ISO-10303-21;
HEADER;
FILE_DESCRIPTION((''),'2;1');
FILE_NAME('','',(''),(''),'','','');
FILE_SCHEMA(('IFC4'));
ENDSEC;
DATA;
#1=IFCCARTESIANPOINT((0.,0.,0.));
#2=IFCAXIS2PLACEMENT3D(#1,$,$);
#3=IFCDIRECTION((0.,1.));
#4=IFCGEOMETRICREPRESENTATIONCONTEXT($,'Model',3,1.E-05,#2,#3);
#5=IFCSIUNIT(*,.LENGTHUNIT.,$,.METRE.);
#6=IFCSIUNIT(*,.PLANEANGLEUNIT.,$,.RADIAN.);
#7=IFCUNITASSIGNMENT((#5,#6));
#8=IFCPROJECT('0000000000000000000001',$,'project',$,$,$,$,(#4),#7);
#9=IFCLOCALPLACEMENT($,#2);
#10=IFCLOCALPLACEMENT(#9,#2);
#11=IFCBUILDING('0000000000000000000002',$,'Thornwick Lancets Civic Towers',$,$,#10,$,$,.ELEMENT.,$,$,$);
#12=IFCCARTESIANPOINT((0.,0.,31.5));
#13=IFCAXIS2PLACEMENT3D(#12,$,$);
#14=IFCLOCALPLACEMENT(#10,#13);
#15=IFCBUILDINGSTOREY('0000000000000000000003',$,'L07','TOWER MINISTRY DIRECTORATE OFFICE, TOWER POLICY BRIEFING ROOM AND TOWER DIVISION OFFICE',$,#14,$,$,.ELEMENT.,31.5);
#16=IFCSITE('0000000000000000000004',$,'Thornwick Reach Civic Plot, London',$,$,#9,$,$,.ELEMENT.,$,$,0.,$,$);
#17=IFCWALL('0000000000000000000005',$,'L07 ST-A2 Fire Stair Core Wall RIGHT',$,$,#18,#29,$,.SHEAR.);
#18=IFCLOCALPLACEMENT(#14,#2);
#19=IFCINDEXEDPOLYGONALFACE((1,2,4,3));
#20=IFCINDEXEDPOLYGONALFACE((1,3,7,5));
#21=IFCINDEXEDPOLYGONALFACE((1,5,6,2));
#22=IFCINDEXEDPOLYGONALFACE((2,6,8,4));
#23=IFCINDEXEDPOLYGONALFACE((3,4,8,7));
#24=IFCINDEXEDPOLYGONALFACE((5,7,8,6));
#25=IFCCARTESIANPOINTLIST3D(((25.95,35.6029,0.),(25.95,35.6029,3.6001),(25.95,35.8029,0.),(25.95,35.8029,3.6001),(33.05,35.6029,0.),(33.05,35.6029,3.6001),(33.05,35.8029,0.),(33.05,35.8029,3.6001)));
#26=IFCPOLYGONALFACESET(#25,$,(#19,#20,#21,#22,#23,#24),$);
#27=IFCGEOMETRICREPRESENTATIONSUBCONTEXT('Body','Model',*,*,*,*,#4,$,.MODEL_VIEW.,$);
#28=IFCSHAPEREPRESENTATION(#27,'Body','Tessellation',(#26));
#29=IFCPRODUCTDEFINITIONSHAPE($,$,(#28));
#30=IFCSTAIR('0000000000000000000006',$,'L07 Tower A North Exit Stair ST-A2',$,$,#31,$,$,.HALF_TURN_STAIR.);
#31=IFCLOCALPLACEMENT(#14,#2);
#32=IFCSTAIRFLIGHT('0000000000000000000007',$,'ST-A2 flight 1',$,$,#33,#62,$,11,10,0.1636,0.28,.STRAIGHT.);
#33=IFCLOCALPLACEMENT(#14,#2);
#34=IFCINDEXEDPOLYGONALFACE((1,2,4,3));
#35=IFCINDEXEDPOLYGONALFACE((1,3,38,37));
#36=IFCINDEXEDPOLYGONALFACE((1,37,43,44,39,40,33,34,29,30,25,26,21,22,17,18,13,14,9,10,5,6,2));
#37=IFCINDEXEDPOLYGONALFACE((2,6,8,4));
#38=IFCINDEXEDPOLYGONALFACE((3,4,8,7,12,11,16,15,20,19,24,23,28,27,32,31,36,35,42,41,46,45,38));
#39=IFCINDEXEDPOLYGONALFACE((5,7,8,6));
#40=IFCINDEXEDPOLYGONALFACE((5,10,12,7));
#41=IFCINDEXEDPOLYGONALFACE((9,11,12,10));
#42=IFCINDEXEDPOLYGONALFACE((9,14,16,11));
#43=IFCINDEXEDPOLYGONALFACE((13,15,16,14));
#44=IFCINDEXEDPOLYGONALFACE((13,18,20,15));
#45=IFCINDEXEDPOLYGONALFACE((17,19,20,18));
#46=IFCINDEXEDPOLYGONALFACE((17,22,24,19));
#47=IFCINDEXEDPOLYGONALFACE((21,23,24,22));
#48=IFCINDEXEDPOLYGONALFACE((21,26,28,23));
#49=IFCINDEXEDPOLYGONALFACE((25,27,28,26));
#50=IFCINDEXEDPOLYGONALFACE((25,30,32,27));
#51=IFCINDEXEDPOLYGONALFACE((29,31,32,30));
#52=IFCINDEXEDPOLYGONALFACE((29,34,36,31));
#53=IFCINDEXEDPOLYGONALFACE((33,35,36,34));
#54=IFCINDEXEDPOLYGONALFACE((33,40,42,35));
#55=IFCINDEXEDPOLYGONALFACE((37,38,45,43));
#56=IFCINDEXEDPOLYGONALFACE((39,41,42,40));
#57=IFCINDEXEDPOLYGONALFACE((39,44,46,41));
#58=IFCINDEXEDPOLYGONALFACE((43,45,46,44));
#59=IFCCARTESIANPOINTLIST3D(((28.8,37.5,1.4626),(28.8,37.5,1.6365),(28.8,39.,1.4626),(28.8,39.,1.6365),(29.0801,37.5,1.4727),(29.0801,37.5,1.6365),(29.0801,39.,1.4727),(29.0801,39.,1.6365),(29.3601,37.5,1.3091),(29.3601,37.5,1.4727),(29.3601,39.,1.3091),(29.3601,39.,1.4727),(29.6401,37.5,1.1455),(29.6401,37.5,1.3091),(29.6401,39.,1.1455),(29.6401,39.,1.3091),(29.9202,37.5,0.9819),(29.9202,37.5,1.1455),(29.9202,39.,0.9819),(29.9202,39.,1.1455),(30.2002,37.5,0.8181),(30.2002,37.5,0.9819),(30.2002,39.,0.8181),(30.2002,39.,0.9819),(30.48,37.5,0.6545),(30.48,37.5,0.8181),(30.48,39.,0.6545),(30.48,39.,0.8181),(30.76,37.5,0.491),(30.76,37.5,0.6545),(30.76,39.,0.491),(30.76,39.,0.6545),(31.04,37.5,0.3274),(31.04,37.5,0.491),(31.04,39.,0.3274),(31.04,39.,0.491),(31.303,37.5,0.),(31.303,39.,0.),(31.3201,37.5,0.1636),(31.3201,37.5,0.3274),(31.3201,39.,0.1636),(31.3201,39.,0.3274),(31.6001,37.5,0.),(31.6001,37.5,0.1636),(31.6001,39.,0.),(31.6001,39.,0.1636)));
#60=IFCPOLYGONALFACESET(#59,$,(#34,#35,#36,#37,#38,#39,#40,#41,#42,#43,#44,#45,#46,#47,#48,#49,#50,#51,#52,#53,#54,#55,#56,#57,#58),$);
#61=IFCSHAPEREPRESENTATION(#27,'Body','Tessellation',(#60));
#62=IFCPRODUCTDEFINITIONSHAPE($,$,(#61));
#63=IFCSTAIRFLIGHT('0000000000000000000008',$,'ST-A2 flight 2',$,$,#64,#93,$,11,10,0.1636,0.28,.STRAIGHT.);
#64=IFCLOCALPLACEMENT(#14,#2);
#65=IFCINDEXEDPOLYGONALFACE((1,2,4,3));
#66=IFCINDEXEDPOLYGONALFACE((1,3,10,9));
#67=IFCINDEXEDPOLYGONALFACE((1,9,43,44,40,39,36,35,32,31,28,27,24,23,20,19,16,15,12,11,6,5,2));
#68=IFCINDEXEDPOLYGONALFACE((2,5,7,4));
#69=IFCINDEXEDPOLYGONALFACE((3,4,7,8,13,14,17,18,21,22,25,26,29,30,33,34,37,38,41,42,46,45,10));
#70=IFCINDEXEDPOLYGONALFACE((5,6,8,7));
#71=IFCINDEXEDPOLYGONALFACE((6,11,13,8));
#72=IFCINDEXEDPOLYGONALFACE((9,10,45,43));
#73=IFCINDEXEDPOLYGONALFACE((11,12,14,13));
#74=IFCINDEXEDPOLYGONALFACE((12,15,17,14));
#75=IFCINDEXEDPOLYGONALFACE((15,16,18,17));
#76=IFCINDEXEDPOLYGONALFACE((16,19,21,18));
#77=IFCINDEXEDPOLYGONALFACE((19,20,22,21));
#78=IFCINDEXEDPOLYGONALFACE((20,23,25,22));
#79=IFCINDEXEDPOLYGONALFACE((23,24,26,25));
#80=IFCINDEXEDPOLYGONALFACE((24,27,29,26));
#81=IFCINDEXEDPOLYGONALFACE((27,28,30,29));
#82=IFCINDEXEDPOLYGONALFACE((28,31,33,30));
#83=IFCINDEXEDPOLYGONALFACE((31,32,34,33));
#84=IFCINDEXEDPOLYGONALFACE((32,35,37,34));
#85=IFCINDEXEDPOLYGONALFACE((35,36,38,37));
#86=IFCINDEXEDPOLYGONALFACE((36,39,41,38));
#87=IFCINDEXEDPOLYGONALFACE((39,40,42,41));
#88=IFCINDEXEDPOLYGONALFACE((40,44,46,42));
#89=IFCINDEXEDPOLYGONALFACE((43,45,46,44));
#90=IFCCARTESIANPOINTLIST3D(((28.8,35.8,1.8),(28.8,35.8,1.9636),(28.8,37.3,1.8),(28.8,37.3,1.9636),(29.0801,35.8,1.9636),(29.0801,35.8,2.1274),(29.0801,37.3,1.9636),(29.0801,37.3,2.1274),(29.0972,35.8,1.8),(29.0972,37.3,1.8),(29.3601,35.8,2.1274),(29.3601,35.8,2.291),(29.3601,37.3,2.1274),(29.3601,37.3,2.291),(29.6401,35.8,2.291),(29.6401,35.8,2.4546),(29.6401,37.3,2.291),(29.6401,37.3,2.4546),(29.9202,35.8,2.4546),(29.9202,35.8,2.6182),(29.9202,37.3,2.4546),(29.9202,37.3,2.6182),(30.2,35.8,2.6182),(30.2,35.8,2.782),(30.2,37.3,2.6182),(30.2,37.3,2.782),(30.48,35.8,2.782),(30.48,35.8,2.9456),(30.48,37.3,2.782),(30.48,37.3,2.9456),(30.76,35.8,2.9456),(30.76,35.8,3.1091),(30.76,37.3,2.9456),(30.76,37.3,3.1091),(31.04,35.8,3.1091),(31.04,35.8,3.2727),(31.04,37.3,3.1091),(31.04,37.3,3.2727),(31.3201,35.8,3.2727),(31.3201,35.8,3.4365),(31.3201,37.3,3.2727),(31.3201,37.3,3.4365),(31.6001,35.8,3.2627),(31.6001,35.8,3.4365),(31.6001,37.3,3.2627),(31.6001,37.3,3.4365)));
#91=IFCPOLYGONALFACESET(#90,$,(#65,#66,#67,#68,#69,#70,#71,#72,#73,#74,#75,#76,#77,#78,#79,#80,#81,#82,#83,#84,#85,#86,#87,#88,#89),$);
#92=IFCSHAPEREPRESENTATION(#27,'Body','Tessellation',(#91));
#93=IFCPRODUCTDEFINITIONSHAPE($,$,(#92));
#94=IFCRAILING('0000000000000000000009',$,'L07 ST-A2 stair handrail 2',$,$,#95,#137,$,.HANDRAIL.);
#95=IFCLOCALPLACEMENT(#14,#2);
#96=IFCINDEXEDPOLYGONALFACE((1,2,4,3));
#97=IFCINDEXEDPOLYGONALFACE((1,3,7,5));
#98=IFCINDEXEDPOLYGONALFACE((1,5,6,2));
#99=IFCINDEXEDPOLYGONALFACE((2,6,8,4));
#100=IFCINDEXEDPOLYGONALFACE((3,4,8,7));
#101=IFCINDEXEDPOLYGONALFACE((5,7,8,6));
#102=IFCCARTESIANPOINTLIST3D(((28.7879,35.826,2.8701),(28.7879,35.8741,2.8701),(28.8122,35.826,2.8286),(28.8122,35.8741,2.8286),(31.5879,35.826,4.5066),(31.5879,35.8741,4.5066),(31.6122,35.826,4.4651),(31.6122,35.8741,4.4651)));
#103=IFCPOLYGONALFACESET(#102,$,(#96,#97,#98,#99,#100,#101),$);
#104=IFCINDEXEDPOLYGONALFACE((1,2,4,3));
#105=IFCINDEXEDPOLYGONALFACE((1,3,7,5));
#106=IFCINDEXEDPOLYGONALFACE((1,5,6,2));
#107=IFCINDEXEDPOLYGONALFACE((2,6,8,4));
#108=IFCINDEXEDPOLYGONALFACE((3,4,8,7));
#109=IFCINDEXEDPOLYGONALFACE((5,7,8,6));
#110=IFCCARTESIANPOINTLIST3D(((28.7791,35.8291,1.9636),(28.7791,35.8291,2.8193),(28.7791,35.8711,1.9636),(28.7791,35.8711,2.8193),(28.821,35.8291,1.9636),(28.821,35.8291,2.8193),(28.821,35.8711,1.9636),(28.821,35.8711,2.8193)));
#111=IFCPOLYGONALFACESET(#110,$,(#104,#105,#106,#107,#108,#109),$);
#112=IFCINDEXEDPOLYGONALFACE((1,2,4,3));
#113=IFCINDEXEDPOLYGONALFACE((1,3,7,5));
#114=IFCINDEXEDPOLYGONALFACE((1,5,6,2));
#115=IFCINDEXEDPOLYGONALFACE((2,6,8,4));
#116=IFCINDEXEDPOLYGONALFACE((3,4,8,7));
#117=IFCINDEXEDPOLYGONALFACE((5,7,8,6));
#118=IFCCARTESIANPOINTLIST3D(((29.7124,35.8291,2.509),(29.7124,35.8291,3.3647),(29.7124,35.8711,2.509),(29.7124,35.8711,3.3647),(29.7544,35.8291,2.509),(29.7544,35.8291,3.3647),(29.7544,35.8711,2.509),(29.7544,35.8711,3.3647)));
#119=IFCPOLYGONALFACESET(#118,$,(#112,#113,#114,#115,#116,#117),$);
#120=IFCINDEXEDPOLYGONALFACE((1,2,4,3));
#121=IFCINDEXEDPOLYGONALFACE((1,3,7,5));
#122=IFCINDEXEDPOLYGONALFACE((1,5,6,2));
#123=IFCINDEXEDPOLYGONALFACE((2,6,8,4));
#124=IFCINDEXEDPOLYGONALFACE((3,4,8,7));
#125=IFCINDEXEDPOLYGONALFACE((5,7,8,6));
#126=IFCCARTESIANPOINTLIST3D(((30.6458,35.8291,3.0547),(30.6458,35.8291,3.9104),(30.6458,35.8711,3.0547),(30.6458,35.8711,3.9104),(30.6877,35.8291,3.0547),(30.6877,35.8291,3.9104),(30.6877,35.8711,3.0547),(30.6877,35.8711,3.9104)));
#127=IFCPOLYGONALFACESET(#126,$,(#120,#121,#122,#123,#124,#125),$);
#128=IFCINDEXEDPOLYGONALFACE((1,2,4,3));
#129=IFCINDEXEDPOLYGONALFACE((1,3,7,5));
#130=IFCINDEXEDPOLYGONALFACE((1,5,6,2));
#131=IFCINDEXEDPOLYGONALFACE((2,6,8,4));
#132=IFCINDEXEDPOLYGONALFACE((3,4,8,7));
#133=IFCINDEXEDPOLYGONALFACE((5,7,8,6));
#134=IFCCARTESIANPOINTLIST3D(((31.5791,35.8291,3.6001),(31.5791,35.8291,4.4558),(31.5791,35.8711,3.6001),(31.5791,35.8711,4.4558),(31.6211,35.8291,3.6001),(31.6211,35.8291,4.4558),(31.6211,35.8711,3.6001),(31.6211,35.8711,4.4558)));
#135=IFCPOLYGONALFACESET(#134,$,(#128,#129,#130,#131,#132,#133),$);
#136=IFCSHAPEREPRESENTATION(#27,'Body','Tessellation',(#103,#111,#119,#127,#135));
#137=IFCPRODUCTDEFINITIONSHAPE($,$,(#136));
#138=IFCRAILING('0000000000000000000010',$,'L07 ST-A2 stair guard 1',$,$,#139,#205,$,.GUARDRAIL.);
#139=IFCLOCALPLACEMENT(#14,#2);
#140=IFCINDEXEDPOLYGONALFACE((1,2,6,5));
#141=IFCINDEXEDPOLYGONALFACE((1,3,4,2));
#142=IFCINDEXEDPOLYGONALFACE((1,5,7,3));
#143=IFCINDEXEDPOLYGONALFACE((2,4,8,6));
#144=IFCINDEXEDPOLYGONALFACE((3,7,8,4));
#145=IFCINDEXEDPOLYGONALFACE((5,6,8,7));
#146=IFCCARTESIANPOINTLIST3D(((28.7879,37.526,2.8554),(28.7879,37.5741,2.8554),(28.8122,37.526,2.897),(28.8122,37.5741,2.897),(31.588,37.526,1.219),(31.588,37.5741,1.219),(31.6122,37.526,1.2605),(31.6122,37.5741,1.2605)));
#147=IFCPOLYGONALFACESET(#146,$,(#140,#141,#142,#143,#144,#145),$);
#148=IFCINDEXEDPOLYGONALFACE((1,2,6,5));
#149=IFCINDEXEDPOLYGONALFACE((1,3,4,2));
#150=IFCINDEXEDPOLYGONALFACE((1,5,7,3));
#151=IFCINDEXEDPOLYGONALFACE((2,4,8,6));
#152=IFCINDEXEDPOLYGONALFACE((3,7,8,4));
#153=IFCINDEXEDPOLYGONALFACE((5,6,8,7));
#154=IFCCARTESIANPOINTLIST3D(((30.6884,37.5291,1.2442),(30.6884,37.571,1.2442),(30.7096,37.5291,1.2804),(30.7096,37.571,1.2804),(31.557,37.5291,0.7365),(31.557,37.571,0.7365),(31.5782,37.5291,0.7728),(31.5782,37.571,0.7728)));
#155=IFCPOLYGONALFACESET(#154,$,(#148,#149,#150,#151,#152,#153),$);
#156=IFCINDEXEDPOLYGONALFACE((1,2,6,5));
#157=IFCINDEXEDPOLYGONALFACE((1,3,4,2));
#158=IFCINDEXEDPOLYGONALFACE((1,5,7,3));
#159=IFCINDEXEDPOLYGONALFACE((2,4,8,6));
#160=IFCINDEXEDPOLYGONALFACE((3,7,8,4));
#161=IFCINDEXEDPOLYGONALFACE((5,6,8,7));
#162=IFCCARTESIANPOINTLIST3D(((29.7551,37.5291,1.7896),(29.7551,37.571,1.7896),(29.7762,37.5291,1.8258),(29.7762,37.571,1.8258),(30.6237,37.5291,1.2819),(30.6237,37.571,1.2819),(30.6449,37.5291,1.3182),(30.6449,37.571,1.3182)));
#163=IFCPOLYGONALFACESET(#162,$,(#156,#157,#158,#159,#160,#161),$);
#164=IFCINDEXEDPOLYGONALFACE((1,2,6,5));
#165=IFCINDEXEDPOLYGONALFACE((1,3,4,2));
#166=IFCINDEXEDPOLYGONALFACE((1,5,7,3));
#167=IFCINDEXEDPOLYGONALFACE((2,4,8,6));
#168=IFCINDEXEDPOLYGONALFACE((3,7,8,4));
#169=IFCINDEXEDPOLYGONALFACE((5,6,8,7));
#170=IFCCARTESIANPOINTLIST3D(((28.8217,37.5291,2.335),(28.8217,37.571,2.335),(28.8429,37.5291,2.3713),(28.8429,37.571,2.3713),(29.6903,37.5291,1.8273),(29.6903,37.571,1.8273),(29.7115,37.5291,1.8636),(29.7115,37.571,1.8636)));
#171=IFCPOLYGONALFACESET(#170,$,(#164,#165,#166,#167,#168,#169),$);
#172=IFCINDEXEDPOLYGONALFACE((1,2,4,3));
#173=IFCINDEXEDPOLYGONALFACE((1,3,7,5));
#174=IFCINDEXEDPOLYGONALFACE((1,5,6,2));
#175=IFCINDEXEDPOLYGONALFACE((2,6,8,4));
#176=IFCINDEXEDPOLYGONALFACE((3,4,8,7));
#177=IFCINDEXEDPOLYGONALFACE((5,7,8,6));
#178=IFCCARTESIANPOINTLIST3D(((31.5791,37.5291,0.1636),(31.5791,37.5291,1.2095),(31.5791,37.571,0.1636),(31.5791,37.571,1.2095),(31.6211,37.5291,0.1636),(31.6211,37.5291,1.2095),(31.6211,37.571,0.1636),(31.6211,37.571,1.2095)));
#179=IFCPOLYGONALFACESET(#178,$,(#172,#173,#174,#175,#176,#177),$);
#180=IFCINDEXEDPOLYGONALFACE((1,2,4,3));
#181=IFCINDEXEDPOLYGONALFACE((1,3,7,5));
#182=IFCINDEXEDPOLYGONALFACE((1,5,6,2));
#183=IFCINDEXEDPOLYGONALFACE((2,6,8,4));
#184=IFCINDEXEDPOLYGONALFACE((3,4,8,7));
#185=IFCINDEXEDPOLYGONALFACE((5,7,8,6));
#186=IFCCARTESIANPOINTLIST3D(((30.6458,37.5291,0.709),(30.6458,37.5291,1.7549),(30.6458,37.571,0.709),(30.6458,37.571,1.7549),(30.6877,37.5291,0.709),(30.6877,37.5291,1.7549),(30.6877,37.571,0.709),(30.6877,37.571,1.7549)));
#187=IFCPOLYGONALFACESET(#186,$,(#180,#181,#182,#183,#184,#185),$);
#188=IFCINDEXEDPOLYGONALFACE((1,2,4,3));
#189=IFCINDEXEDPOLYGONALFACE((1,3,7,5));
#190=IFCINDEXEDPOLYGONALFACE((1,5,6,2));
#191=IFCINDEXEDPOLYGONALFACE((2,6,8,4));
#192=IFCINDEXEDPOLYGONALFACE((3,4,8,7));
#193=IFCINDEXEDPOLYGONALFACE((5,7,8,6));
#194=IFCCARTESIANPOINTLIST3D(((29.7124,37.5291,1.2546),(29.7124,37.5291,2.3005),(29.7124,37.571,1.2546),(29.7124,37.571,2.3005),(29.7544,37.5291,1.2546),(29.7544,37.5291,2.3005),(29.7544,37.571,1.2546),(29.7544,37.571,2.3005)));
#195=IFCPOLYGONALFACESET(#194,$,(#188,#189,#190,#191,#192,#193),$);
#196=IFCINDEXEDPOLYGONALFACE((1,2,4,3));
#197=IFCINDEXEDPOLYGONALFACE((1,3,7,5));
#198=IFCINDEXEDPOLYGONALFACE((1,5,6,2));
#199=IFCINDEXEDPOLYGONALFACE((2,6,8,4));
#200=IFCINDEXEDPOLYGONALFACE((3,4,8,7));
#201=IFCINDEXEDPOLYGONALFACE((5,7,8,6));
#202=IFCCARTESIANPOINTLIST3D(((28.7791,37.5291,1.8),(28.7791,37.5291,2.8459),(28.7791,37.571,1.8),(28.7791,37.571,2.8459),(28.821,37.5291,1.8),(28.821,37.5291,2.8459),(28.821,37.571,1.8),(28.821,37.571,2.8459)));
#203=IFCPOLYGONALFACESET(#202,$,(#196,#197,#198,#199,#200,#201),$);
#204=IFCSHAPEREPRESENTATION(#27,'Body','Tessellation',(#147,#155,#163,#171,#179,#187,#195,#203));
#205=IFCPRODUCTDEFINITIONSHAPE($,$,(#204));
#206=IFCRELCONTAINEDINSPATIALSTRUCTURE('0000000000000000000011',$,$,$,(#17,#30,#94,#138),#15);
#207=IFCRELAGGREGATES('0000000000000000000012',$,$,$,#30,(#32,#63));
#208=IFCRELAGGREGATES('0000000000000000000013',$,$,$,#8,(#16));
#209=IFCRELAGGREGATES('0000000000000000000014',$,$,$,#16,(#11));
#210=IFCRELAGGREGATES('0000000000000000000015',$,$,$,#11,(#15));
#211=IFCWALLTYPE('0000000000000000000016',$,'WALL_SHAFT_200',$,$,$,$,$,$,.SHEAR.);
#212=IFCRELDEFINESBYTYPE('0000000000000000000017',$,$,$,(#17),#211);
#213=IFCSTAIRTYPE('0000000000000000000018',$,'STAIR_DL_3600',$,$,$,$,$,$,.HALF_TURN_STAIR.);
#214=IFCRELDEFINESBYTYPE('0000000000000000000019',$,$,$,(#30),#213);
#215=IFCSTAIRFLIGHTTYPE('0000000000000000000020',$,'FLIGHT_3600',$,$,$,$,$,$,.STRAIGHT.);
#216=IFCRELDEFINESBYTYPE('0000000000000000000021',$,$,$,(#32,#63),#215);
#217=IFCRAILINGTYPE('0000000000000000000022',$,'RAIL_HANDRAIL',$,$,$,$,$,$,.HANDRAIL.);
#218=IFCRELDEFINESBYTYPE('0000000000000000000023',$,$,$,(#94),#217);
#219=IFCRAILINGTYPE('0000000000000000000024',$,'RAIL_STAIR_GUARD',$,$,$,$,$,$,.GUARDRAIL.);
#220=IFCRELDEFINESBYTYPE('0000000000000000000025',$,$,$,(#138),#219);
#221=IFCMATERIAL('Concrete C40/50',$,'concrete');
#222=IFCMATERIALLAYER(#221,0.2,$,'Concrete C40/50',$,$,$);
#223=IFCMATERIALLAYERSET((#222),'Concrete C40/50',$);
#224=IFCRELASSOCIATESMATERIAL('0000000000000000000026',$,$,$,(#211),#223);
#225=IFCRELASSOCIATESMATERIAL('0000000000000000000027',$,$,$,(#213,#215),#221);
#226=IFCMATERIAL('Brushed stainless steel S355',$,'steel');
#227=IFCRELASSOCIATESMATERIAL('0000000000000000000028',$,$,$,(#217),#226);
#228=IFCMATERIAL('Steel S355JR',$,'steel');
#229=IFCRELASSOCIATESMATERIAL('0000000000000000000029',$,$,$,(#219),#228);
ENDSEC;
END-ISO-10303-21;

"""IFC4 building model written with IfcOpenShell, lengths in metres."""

from ifc_helpers import new_model, si_unit, direction, frame, frame_2d, origin, origin_2d, place, context, subcontext, project, spatial, polyline, rectangle, outline, extrude, material, layer, layer_set, type_object, element, aggregate, save


model = new_model("IFC4")

# Units and contexts
model_context = context("Model", 3, precision=1e-05, world=origin(), true_north=direction((0.0, 1.0)))
body_context = subcontext(model_context, "Body", "Model", "MODEL_VIEW")
ifc_project = project(units=[si_unit("LENGTHUNIT", "METRE"), si_unit("PLANEANGLEUNIT", "RADIAN")], contexts=[model_context])

# Site, building, storey
site_placement = place(None, origin())
site = spatial("IfcSite", under=ifc_project, at=site_placement, Name="Thornwick Reach Civic Plot, London", CompositionType="ELEMENT", RefElevation=0.0)
building_placement = place(site_placement, origin())
building = spatial("IfcBuilding", under=site, at=building_placement, Name="Thornwick Lancets Civic Towers", CompositionType="ELEMENT")
storey_placement = place(building_placement, frame((0.0, 0.0, 31.5)))
storey = spatial("IfcBuildingStorey", under=building, at=storey_placement, Name="L07", Description="TOWER MINISTRY DIRECTORATE OFFICE, TOWER POLICY BRIEFING ROOM AND TOWER DIVISION OFFICE", CompositionType="ELEMENT", Elevation=31.5)

# Shared definitions
ifc_material_1 = material(Name="Steel S355JR", Category="steel")
ifc_material_2 = material(Name="Concrete C40/50", Category="concrete")

# Wall
ifc_layer_1 = layer(ifc_material_2, 0.2, Name="Concrete C40/50")
ifc_layer_set_1 = layer_set([ifc_layer_1], Name="Concrete C40/50")
wall_type_1 = type_object("IfcWallType", Name="WALL_SHAFT_200", PredefinedType="SHEAR", material=ifc_layer_set_1)
wall_1_placement = place(storey_placement, frame((25.95, 35.7029, 0.0), z_axis=(0.0, 0.0, 1.0), x_axis=(1.0, 0.0, 0.0)))
element("IfcWall", 1, at=wall_1_placement, inside=storey, type_object=wall_type_1, Name="L07 ST-A2 Fire Stair Core Wall RIGHT", PredefinedType="SHEAR", context=body_context, shape_type="SweptSolid", body=[
    extrude(rectangle(XDim=7.1001, YDim=0.2, at=frame_2d((3.55, 0.0))), origin(), (0.0, 0.0, 1.0), 3.6001),
])

# Stair, stair flights
stair_type = type_object("IfcStairType", Name="STAIR_DL_3600", PredefinedType="HALF_TURN_STAIR", material=ifc_material_2)
stair_placement = place(storey_placement, origin())
stair = element("IfcStair", 2, at=stair_placement, inside=storey, type_object=stair_type, Name="L07 Tower A North Exit Stair ST-A2", PredefinedType="HALF_TURN_STAIR")
stair_flight_type = type_object("IfcStairFlightType", Name="FLIGHT_3600", PredefinedType="STRAIGHT", material=ifc_material_2)
stair_flight_1_placement = place(storey_placement, frame((31.6001, 38.25, 0.0), z_axis=(0.0, 0.0, 1.0), x_axis=(-1.0, 0.0, 0.0)))
stair_flight_1 = element("IfcStairFlight", 3, at=stair_flight_1_placement, type_object=stair_flight_type, Name="ST-A2 flight 1", NumberOfRisers=11, NumberOfTreads=10, PredefinedType="STRAIGHT", RiserHeight=0.1636, TreadLength=0.28, context=body_context, shape_type="SweptSolid", body=[
    extrude(outline(polyline([(0.0, 0.0), (0.0, 0.1636), (0.28, 0.1636), (0.28, 0.3274), (0.5601, 0.3274), (0.5601, 0.491), (0.8401, 0.491), (0.8401, 0.6545), (1.1201, 0.6545), (1.1201, 0.8181), (1.3999, 0.8181), (1.3999, 0.9819), (1.6799, 0.9819), (1.6799, 1.1455), (1.96, 1.1455), (1.96, 1.3091), (2.24, 1.3091), (2.24, 1.4727), (2.52, 1.4727), (2.52, 1.6365), (2.8, 1.6365), (2.8, 1.8), (2.8, 1.4626), (0.2971, 0.0), (0.0, 0.0)])), frame((0.0, 0.75, 0.0), z_axis=(0.0, -1.0, 0.0), x_axis=(1.0, 0.0, 0.0)), (0.0, 0.0, 1.0), 1.5),
])
stair_flight_2_placement = place(storey_placement, frame((28.8, 36.55, 1.8), z_axis=(0.0, 0.0, 1.0), x_axis=(1.0, 0.0, 0.0)))
stair_flight_2 = element("IfcStairFlight", 4, at=stair_flight_2_placement, type_object=stair_flight_type, Name="ST-A2 flight 2", NumberOfRisers=11, NumberOfTreads=10, PredefinedType="STRAIGHT", RiserHeight=0.1636, TreadLength=0.28, context=body_context, shape_type="SweptSolid", body=[
    extrude(outline(polyline([(0.0, 0.0), (0.0, 0.1636), (0.28, 0.1636), (0.28, 0.3274), (0.5601, 0.3274), (0.5601, 0.491), (0.8401, 0.491), (0.8401, 0.6545), (1.1201, 0.6545), (1.1201, 0.8181), (1.3999, 0.8181), (1.3999, 0.9819), (1.6799, 0.9819), (1.6799, 1.1455), (1.96, 1.1455), (1.96, 1.3091), (2.24, 1.3091), (2.24, 1.4727), (2.52, 1.4727), (2.52, 1.6365), (2.8, 1.6365), (2.8, 1.8), (2.8, 1.4626), (0.2971, 0.0), (0.0, 0.0)])), frame((0.0, 0.75, 0.0), z_axis=(0.0, -1.0, 0.0), x_axis=(1.0, 0.0, 0.0)), (0.0, 0.0, 1.0), 1.5),
])
aggregate(stair, [stair_flight_1, stair_flight_2])

# Railings
ifc_material_3 = material(Name="Brushed stainless steel S355", Category="steel")
railing_type_1 = type_object("IfcRailingType", Name="RAIL_HANDRAIL", PredefinedType="HANDRAIL", material=ifc_material_3)
railing_1_placement = place(storey_placement, frame((28.8, 35.8501, 1.9636)))
element("IfcRailing", 5, at=railing_1_placement, inside=storey, type_object=railing_type_1, Name="L07 ST-A2 stair handrail 2", PredefinedType="HANDRAIL", context=body_context, shape_type="SweptSolid", body=[
    extrude(rectangle(XDim=0.0481, YDim=0.0481, at=origin_2d()), frame((0.0, 0.0, 0.8857), z_axis=(0.863361, 0.0, 0.504587), x_axis=(0.0, 1.0, 0.0)), (0.0, 0.0, 1.0), 3.2432),
    extrude(rectangle(XDim=0.042, YDim=0.042, at=origin_2d()), origin(), (0.0, 0.0, 1.0), 0.8557),
    extrude(rectangle(XDim=0.042, YDim=0.042, at=origin_2d()), frame((0.9333, 0.0, 0.5454)), (0.0, 0.0, 1.0), 0.8557),
    extrude(rectangle(XDim=0.042, YDim=0.042, at=origin_2d()), frame((1.8667, 0.0, 1.0911)), (0.0, 0.0, 1.0), 0.8557),
    extrude(rectangle(XDim=0.042, YDim=0.042, at=origin_2d()), frame((2.8, 0.0, 1.6365)), (0.0, 0.0, 1.0), 0.8557),
])
railing_type_2 = type_object("IfcRailingType", Name="RAIL_STAIR_GUARD", PredefinedType="GUARDRAIL", material=ifc_material_1)
railing_2_placement = place(storey_placement, frame((31.6001, 37.55, 0.1636)))
element("IfcRailing", 6, at=railing_2_placement, inside=storey, type_object=railing_type_2, Name="L07 ST-A2 stair guard 1", PredefinedType="GUARDRAIL", context=body_context, shape_type="SweptSolid", body=[
    extrude(rectangle(XDim=0.0481, YDim=0.0481, at=origin_2d()), frame((0.0, 0.0, 1.0762), z_axis=(-0.863361, 0.0, 0.504587), x_axis=(0.0, -1.0, 0.0)), (0.0, 0.0, 1.0), 3.2432),
    extrude(rectangle(XDim=0.042, YDim=0.042, at=origin_2d()), frame((-0.0325, 0.0, 0.5911), z_axis=(-0.863361, 0.0, 0.504587), x_axis=(0.0, -1.0, 0.0)), (0.0, 0.0, 1.0), 1.0061),
    extrude(rectangle(XDim=0.042, YDim=0.042, at=origin_2d()), frame((-0.9658, 0.0, 1.1365), z_axis=(-0.863361, 0.0, 0.504587), x_axis=(0.0, -1.0, 0.0)), (0.0, 0.0, 1.0), 1.0061),
    extrude(rectangle(XDim=0.042, YDim=0.042, at=origin_2d()), frame((-1.8992, 0.0, 1.6819), z_axis=(-0.863361, 0.0, 0.504587), x_axis=(0.0, -1.0, 0.0)), (0.0, 0.0, 1.0), 1.0061),
    extrude(rectangle(XDim=0.042, YDim=0.042, at=origin_2d()), origin(), (0.0, 0.0, 1.0), 1.0459),
    extrude(rectangle(XDim=0.042, YDim=0.042, at=origin_2d()), frame((-0.9333, 0.0, 0.5454)), (0.0, 0.0, 1.0), 1.0459),
    extrude(rectangle(XDim=0.042, YDim=0.042, at=origin_2d()), frame((-1.8667, 0.0, 1.0911)), (0.0, 0.0, 1.0), 1.0459),
    extrude(rectangle(XDim=0.042, YDim=0.042, at=origin_2d()), frame((-2.8, 0.0, 1.6365)), (0.0, 0.0, 1.0), 1.0459),
])

save(model, "model.ifc")
